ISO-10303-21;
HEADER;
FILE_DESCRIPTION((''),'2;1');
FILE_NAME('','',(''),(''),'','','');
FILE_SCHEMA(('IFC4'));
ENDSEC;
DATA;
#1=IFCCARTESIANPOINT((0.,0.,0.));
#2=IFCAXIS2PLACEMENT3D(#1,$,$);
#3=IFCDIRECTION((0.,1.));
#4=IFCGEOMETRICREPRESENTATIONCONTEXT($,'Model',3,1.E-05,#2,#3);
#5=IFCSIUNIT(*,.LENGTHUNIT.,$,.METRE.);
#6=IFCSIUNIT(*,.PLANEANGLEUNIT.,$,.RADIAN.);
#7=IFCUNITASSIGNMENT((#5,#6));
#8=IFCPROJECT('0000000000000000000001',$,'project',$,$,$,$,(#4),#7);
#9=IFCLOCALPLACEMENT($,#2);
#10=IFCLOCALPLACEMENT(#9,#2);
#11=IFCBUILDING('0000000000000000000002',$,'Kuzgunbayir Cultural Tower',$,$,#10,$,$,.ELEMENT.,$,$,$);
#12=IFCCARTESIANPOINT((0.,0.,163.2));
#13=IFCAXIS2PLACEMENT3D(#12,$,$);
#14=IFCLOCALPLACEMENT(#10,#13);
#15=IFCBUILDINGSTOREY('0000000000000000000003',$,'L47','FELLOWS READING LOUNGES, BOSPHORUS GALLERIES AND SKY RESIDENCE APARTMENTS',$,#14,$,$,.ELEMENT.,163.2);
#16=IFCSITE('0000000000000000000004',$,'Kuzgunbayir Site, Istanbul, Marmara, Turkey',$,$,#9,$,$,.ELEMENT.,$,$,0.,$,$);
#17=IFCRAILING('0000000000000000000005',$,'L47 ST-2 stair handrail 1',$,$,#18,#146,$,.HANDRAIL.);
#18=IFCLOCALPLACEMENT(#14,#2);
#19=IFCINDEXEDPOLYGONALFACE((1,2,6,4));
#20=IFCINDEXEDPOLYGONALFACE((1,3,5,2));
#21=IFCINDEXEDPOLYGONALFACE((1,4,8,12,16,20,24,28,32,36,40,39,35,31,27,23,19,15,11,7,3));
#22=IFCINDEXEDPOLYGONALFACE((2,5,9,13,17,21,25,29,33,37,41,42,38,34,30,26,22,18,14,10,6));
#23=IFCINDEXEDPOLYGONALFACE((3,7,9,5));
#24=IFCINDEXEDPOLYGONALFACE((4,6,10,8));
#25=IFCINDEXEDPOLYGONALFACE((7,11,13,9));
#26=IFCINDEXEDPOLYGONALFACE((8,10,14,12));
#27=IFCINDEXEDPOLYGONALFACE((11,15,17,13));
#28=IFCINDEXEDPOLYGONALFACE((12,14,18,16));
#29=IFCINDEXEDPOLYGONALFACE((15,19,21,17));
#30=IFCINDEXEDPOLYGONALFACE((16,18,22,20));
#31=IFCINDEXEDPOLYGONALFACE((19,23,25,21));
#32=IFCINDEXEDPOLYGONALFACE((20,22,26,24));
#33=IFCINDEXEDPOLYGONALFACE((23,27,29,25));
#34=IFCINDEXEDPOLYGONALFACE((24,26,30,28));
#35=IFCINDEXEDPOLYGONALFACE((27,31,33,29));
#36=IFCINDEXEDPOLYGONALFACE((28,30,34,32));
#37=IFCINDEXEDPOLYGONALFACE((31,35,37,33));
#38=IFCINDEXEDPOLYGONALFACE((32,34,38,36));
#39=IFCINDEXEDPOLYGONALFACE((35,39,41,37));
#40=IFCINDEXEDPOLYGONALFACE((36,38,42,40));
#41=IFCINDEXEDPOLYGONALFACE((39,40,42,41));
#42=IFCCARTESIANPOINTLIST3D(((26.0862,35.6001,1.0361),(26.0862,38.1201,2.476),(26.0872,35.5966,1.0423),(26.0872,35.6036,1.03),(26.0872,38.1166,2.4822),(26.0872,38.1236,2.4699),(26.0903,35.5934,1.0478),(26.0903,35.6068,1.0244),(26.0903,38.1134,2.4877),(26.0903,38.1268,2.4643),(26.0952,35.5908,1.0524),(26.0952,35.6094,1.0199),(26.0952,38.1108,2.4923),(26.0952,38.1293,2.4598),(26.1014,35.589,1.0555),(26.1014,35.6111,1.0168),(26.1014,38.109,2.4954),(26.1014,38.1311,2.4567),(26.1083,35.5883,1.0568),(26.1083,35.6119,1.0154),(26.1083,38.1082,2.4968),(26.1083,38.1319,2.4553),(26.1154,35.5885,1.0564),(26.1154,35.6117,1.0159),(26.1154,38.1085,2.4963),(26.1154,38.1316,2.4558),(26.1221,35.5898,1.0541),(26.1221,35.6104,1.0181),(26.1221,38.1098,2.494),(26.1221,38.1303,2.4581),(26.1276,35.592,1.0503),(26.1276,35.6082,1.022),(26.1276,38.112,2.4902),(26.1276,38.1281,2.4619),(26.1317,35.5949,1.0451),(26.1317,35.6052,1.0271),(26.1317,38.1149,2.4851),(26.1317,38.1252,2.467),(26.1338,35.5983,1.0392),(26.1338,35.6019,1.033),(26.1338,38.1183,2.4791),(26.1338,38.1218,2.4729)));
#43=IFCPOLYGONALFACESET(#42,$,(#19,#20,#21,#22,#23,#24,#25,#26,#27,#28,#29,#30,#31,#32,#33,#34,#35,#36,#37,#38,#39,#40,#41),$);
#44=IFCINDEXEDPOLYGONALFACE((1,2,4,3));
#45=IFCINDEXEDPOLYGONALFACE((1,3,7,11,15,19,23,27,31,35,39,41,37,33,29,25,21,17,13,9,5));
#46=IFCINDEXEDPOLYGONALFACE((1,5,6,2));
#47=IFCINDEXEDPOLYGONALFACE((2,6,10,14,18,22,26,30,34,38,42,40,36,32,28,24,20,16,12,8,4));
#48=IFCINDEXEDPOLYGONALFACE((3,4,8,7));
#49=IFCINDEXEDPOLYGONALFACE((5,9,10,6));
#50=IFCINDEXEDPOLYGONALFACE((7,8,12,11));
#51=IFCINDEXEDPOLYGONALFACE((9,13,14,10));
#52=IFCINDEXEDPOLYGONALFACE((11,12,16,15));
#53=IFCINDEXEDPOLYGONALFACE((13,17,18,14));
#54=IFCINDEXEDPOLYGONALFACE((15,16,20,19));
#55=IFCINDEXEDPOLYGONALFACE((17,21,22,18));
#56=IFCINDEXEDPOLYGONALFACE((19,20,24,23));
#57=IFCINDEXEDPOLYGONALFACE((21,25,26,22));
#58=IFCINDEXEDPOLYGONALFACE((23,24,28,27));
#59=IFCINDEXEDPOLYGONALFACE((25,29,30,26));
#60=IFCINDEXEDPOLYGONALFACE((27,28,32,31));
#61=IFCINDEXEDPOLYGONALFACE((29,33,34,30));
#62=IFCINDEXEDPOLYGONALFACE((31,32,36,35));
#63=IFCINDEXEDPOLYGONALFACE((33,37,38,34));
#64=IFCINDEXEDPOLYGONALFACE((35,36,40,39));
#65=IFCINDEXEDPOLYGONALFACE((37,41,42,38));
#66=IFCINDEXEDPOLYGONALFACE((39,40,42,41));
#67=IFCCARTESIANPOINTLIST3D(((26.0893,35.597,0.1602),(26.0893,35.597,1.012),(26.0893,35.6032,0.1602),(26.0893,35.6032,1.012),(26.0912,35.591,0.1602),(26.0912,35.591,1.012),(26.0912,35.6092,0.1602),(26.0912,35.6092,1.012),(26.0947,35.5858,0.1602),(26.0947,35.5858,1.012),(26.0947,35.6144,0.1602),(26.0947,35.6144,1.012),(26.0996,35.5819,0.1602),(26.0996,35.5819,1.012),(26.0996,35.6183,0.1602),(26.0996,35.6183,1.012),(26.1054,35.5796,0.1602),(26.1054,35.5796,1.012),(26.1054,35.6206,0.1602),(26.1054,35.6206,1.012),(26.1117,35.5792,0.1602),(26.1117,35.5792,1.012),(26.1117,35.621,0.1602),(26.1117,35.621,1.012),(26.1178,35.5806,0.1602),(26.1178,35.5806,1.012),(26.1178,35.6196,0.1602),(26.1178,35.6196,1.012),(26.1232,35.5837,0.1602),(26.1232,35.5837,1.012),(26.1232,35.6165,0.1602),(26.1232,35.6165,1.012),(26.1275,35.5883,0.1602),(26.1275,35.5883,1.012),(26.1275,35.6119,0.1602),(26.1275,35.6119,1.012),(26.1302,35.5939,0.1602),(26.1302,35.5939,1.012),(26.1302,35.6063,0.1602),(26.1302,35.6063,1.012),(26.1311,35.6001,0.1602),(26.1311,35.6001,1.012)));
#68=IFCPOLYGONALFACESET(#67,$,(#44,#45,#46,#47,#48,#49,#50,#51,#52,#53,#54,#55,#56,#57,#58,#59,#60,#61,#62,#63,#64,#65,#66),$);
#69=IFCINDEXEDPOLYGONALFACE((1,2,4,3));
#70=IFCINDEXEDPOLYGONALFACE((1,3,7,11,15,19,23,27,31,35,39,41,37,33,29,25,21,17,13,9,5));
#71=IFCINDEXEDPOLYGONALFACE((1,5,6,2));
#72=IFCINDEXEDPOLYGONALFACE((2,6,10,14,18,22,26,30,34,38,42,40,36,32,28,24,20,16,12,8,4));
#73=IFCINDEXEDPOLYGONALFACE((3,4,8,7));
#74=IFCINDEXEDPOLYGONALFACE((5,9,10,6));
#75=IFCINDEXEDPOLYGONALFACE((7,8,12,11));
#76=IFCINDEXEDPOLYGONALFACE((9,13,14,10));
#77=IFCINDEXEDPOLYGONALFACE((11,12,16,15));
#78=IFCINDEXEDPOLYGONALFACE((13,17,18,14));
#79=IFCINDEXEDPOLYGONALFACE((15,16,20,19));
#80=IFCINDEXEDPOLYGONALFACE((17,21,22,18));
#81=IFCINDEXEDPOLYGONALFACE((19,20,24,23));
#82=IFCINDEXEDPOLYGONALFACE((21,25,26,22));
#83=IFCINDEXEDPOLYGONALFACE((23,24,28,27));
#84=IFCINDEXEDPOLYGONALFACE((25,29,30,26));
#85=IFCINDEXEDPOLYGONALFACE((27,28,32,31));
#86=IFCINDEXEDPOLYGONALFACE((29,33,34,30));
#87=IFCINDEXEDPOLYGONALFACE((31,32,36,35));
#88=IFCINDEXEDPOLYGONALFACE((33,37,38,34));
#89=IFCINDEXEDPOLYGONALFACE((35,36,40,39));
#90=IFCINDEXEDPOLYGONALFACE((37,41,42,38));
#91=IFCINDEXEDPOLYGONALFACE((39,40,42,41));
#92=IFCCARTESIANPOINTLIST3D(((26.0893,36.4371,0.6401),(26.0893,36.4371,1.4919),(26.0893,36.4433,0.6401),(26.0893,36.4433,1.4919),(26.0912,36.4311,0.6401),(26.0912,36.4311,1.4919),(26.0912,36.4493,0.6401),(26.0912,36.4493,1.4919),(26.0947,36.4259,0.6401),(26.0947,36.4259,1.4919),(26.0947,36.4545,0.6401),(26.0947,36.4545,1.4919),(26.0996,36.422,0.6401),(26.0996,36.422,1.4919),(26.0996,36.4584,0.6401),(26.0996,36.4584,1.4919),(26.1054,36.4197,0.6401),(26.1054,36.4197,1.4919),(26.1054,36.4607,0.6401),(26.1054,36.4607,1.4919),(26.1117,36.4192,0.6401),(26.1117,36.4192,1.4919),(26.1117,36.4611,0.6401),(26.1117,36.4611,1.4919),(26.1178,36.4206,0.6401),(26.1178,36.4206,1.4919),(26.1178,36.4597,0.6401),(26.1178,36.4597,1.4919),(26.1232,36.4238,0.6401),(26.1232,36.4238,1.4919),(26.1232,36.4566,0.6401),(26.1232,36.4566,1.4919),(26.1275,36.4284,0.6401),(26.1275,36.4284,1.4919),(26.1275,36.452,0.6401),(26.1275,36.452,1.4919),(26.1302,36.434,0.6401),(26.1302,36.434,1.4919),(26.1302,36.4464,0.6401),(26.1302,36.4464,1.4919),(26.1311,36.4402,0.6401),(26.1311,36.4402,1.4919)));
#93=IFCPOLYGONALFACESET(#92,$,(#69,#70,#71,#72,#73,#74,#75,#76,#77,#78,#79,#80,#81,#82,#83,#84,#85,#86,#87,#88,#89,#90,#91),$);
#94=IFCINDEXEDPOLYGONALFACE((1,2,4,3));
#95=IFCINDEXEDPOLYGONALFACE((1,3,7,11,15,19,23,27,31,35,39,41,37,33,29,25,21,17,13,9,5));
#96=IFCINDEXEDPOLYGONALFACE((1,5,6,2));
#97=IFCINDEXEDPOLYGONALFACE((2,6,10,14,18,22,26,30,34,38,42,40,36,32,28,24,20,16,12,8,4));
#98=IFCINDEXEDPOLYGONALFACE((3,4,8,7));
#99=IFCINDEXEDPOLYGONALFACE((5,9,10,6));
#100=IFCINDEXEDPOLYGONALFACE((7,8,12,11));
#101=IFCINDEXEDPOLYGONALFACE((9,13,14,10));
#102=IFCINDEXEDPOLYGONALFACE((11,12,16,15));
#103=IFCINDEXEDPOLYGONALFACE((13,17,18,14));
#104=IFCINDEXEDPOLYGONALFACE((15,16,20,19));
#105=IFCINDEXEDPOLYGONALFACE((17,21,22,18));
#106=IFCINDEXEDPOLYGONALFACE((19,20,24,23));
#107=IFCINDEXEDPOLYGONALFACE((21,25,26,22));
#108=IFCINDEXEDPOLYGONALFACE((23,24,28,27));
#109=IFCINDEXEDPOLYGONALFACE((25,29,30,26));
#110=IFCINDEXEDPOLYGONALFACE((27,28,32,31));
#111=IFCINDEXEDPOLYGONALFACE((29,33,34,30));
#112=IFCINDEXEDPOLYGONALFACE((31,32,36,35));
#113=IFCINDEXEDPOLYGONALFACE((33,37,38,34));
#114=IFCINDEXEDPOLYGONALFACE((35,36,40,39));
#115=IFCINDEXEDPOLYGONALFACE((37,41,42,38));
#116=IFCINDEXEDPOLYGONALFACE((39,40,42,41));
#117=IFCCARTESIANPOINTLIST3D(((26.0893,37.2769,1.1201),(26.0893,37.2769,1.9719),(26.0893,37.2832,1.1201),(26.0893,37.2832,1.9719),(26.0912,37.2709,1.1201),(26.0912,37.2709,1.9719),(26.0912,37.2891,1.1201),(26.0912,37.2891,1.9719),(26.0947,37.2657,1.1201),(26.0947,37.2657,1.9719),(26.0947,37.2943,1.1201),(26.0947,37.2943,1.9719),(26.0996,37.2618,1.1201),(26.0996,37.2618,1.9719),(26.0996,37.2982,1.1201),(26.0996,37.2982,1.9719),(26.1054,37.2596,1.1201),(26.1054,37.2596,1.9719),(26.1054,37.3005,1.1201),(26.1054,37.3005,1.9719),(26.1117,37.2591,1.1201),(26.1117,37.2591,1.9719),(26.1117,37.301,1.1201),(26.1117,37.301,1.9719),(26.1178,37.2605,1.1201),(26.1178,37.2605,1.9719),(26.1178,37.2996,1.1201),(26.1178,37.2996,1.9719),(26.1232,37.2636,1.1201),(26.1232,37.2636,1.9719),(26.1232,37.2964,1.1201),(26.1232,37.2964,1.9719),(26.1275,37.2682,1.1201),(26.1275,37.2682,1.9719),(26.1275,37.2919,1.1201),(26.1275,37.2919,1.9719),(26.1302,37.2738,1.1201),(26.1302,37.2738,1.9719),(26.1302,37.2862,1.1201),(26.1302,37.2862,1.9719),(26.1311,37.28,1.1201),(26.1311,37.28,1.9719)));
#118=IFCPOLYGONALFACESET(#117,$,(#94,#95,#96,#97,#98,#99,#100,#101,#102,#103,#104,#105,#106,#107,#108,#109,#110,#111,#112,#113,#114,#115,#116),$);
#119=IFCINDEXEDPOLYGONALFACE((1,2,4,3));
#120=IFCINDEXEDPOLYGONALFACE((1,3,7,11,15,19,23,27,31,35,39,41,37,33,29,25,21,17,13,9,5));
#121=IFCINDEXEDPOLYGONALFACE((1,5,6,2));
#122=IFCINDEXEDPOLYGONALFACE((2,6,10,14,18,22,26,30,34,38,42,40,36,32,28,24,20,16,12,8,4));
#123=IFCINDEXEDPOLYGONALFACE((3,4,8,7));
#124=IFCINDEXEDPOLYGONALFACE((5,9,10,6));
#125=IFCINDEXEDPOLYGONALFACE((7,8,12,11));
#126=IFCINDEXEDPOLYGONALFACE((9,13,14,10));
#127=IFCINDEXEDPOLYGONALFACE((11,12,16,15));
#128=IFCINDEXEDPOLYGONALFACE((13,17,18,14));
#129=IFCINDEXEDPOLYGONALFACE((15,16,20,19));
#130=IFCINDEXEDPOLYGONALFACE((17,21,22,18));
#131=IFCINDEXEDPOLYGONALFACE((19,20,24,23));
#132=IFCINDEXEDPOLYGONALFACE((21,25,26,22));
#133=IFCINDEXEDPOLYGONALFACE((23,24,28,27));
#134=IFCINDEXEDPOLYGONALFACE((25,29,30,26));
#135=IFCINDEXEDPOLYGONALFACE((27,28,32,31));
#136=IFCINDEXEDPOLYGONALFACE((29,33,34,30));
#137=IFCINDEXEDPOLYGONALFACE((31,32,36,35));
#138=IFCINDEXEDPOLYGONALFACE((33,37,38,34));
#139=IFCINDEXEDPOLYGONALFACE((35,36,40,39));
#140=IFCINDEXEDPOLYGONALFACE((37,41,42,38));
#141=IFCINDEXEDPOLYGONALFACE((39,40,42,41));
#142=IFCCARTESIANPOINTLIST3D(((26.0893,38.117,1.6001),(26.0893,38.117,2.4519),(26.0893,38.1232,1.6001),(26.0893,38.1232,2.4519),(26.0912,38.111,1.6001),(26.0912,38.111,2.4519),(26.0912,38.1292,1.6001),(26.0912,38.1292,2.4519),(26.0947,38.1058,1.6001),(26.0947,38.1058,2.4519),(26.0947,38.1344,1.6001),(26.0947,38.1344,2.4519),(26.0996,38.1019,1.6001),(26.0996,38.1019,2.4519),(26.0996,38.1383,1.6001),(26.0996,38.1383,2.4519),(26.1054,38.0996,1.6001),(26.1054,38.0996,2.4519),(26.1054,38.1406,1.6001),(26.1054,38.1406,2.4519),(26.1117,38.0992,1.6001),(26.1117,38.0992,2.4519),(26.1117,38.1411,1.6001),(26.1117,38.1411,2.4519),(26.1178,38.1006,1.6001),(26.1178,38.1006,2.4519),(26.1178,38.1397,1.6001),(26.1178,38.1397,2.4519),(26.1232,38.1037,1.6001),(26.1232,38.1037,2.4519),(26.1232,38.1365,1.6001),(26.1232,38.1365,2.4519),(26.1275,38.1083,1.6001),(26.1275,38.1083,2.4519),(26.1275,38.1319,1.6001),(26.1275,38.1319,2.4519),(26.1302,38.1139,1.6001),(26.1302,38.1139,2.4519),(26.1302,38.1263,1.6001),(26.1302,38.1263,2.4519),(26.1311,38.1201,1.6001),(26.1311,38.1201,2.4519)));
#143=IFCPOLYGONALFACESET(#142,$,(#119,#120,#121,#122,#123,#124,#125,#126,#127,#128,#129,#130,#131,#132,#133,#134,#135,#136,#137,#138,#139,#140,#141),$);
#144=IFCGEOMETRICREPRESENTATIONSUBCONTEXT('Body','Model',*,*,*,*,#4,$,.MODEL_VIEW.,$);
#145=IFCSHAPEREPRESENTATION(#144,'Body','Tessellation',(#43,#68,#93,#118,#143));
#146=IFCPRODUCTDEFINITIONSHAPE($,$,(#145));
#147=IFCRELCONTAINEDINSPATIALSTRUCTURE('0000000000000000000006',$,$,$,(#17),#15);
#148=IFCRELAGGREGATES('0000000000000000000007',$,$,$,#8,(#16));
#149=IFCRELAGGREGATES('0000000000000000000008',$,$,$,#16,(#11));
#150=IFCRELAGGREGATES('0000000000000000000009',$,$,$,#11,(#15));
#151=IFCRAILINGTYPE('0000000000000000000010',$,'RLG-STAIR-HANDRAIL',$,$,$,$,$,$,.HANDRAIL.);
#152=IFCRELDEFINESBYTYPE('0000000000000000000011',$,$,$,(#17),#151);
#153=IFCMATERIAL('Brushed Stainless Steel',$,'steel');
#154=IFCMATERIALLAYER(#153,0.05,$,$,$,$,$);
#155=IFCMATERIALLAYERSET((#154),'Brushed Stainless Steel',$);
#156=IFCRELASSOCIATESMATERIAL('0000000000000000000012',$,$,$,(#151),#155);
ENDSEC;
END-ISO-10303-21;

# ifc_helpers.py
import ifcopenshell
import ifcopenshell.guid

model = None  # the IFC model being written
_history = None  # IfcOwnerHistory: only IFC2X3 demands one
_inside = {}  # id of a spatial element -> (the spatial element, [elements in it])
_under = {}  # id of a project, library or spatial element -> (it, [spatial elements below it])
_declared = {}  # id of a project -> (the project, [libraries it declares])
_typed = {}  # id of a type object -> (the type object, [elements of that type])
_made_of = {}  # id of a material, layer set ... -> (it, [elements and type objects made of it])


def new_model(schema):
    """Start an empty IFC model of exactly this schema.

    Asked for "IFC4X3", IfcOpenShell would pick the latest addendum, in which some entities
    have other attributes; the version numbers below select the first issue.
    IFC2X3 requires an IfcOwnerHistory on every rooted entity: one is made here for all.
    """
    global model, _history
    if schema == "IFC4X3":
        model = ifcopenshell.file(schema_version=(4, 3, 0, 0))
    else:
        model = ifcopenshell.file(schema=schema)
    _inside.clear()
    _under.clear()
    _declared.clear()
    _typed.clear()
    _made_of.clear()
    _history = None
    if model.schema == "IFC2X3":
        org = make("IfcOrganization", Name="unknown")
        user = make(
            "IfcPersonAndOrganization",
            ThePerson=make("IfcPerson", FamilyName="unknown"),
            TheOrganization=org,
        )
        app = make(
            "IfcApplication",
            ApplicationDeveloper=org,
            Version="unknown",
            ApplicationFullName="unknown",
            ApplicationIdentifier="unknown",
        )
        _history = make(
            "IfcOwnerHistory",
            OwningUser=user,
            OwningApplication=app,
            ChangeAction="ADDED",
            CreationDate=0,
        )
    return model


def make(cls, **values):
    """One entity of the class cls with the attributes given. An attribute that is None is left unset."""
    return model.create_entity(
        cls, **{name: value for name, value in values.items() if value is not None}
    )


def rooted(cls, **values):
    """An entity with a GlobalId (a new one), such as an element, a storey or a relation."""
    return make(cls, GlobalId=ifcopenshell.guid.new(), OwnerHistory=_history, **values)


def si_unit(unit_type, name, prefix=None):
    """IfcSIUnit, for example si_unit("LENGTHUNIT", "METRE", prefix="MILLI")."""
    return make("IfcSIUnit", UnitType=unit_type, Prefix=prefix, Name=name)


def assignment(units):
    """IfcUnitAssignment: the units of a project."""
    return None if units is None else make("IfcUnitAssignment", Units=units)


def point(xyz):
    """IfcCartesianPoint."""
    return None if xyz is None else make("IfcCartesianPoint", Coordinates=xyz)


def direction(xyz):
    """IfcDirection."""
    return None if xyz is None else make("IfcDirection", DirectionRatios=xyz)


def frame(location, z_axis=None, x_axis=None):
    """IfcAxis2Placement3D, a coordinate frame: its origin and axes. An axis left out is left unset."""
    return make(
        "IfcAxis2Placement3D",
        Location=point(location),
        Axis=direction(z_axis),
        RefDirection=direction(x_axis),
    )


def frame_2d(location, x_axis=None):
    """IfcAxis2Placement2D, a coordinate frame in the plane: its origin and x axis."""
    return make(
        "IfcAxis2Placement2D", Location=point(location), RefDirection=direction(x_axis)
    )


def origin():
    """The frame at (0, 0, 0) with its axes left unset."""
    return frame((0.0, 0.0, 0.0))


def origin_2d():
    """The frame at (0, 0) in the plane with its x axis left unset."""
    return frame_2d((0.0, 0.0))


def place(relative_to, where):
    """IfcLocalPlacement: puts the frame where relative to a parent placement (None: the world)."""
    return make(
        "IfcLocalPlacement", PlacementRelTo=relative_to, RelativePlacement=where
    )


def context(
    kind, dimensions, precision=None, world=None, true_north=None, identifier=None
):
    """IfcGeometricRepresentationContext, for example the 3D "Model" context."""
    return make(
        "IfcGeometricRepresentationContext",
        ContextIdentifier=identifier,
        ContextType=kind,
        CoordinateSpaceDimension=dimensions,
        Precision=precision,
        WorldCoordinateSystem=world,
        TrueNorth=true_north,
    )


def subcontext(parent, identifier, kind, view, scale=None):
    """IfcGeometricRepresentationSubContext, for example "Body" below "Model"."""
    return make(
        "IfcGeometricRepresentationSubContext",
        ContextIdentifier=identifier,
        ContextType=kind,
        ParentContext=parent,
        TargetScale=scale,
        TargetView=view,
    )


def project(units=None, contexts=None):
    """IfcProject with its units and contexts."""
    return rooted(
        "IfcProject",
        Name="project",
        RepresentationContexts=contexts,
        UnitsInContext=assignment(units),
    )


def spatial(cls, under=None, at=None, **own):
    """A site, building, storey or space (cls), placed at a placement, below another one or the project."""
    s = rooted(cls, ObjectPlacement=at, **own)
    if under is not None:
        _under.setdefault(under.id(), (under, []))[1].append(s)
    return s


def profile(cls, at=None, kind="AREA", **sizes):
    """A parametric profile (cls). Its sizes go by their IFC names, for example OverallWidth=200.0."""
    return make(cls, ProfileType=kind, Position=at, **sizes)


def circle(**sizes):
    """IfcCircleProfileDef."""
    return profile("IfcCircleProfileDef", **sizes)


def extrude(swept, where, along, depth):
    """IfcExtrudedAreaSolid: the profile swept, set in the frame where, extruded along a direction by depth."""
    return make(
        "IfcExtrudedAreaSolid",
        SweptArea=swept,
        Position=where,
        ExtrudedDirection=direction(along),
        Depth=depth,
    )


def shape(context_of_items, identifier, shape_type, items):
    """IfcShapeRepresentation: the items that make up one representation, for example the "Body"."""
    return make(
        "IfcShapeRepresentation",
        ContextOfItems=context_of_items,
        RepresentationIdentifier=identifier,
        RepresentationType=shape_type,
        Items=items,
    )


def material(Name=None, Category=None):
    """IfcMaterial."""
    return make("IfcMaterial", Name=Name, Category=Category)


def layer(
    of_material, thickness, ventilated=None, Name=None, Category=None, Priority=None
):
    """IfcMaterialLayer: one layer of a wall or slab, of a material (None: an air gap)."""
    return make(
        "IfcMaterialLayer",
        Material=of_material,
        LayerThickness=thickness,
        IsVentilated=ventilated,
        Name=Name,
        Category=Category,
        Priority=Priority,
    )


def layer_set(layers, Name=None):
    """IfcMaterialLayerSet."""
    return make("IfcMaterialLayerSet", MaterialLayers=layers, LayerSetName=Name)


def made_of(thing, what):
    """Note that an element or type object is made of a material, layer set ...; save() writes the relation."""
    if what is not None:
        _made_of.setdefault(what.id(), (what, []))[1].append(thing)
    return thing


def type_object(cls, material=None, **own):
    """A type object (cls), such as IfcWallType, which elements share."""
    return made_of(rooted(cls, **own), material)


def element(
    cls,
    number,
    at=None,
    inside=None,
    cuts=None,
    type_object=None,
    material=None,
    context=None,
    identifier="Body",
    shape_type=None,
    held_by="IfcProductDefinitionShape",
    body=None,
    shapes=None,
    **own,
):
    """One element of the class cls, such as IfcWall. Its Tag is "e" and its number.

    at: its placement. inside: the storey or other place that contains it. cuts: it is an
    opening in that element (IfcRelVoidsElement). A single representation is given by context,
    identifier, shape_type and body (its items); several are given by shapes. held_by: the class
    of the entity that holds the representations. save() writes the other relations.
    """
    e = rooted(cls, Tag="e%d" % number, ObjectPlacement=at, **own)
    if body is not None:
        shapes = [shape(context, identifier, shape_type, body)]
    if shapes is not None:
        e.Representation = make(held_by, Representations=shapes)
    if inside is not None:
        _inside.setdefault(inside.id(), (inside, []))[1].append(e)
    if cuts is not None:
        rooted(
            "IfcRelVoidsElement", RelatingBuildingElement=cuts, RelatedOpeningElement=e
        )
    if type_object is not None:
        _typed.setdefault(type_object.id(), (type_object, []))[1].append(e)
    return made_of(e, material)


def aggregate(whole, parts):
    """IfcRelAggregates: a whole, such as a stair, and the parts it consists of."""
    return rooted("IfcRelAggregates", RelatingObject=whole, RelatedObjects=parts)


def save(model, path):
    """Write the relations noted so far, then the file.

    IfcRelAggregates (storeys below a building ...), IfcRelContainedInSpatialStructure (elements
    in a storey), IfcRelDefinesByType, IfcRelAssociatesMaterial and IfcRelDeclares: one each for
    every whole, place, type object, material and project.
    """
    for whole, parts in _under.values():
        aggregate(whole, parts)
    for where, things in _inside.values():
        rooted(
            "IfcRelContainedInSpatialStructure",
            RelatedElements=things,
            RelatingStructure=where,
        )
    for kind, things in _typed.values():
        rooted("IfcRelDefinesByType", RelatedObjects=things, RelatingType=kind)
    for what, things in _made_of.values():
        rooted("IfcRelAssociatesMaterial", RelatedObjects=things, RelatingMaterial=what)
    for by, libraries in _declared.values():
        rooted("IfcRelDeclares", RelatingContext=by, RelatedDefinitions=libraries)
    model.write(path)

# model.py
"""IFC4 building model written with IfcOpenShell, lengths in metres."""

from ifc_helpers import new_model, si_unit, direction, frame, origin, origin_2d, place, context, subcontext, project, spatial, circle, extrude, material, layer, layer_set, type_object, element, save


model = new_model("IFC4")

# Units and contexts
model_context = context("Model", 3, precision=1e-05, world=origin(), true_north=direction((0.0, 1.0)))
body_context = subcontext(model_context, "Body", "Model", "MODEL_VIEW")
ifc_project = project(units=[si_unit("LENGTHUNIT", "METRE"), si_unit("PLANEANGLEUNIT", "RADIAN")], contexts=[model_context])

# Site, building, storey
site_placement = place(None, origin())
site = spatial("IfcSite", under=ifc_project, at=site_placement, Name="Kuzgunbayir Site, Istanbul, Marmara, Turkey", CompositionType="ELEMENT", RefElevation=0.0)
building_placement = place(site_placement, origin())
building = spatial("IfcBuilding", under=site, at=building_placement, Name="Kuzgunbayir Cultural Tower", CompositionType="ELEMENT")
storey_placement = place(building_placement, frame((0.0, 0.0, 163.2)))
storey = spatial("IfcBuildingStorey", under=building, at=storey_placement, Name="L47", Description="FELLOWS READING LOUNGES, BOSPHORUS GALLERIES AND SKY RESIDENCE APARTMENTS", CompositionType="ELEMENT", Elevation=163.2)

# Shared definitions
ifc_material_1 = material(Name="Brushed Stainless Steel", Category="steel")

# Railing
ifc_layer_1 = layer(ifc_material_1, 0.05)
ifc_layer_set_1 = layer_set([ifc_layer_1], Name="Brushed Stainless Steel")
railing_type_1 = type_object("IfcRailingType", Name="RLG-STAIR-HANDRAIL", PredefinedType="HANDRAIL", material=ifc_layer_set_1)
railing_1_placement = place(storey_placement, frame((26.1101, 35.6001, 0.1602)))
element("IfcRailing", 1, at=railing_1_placement, inside=storey, type_object=railing_type_1, Name="L47 ST-2 stair handrail 1", PredefinedType="HANDRAIL", context=body_context, shape_type="SweptSolid", body=[
    extrude(circle(Radius=0.0239, at=origin_2d()), frame((0.0, 0.0, 0.876), z_axis=(0.0, 0.868253, 0.496121), x_axis=(-1.0, 0.0, 0.0)), (0.0, 0.0, 1.0), 2.9023),
    extrude(circle(Radius=0.021, at=origin_2d()), origin(), (0.0, 0.0, 1.0), 0.8518),
    extrude(circle(Radius=0.021, at=origin_2d()), frame((0.0, 0.8401, 0.48)), (0.0, 0.0, 1.0), 0.8518),
    extrude(circle(Radius=0.021, at=origin_2d()), frame((0.0, 1.6799, 0.96)), (0.0, 0.0, 1.0), 0.8518),
    extrude(circle(Radius=0.021, at=origin_2d()), frame((0.0, 2.52, 1.4399)), (0.0, 0.0, 1.0), 0.8518),
])

save(model, "model.ifc")
